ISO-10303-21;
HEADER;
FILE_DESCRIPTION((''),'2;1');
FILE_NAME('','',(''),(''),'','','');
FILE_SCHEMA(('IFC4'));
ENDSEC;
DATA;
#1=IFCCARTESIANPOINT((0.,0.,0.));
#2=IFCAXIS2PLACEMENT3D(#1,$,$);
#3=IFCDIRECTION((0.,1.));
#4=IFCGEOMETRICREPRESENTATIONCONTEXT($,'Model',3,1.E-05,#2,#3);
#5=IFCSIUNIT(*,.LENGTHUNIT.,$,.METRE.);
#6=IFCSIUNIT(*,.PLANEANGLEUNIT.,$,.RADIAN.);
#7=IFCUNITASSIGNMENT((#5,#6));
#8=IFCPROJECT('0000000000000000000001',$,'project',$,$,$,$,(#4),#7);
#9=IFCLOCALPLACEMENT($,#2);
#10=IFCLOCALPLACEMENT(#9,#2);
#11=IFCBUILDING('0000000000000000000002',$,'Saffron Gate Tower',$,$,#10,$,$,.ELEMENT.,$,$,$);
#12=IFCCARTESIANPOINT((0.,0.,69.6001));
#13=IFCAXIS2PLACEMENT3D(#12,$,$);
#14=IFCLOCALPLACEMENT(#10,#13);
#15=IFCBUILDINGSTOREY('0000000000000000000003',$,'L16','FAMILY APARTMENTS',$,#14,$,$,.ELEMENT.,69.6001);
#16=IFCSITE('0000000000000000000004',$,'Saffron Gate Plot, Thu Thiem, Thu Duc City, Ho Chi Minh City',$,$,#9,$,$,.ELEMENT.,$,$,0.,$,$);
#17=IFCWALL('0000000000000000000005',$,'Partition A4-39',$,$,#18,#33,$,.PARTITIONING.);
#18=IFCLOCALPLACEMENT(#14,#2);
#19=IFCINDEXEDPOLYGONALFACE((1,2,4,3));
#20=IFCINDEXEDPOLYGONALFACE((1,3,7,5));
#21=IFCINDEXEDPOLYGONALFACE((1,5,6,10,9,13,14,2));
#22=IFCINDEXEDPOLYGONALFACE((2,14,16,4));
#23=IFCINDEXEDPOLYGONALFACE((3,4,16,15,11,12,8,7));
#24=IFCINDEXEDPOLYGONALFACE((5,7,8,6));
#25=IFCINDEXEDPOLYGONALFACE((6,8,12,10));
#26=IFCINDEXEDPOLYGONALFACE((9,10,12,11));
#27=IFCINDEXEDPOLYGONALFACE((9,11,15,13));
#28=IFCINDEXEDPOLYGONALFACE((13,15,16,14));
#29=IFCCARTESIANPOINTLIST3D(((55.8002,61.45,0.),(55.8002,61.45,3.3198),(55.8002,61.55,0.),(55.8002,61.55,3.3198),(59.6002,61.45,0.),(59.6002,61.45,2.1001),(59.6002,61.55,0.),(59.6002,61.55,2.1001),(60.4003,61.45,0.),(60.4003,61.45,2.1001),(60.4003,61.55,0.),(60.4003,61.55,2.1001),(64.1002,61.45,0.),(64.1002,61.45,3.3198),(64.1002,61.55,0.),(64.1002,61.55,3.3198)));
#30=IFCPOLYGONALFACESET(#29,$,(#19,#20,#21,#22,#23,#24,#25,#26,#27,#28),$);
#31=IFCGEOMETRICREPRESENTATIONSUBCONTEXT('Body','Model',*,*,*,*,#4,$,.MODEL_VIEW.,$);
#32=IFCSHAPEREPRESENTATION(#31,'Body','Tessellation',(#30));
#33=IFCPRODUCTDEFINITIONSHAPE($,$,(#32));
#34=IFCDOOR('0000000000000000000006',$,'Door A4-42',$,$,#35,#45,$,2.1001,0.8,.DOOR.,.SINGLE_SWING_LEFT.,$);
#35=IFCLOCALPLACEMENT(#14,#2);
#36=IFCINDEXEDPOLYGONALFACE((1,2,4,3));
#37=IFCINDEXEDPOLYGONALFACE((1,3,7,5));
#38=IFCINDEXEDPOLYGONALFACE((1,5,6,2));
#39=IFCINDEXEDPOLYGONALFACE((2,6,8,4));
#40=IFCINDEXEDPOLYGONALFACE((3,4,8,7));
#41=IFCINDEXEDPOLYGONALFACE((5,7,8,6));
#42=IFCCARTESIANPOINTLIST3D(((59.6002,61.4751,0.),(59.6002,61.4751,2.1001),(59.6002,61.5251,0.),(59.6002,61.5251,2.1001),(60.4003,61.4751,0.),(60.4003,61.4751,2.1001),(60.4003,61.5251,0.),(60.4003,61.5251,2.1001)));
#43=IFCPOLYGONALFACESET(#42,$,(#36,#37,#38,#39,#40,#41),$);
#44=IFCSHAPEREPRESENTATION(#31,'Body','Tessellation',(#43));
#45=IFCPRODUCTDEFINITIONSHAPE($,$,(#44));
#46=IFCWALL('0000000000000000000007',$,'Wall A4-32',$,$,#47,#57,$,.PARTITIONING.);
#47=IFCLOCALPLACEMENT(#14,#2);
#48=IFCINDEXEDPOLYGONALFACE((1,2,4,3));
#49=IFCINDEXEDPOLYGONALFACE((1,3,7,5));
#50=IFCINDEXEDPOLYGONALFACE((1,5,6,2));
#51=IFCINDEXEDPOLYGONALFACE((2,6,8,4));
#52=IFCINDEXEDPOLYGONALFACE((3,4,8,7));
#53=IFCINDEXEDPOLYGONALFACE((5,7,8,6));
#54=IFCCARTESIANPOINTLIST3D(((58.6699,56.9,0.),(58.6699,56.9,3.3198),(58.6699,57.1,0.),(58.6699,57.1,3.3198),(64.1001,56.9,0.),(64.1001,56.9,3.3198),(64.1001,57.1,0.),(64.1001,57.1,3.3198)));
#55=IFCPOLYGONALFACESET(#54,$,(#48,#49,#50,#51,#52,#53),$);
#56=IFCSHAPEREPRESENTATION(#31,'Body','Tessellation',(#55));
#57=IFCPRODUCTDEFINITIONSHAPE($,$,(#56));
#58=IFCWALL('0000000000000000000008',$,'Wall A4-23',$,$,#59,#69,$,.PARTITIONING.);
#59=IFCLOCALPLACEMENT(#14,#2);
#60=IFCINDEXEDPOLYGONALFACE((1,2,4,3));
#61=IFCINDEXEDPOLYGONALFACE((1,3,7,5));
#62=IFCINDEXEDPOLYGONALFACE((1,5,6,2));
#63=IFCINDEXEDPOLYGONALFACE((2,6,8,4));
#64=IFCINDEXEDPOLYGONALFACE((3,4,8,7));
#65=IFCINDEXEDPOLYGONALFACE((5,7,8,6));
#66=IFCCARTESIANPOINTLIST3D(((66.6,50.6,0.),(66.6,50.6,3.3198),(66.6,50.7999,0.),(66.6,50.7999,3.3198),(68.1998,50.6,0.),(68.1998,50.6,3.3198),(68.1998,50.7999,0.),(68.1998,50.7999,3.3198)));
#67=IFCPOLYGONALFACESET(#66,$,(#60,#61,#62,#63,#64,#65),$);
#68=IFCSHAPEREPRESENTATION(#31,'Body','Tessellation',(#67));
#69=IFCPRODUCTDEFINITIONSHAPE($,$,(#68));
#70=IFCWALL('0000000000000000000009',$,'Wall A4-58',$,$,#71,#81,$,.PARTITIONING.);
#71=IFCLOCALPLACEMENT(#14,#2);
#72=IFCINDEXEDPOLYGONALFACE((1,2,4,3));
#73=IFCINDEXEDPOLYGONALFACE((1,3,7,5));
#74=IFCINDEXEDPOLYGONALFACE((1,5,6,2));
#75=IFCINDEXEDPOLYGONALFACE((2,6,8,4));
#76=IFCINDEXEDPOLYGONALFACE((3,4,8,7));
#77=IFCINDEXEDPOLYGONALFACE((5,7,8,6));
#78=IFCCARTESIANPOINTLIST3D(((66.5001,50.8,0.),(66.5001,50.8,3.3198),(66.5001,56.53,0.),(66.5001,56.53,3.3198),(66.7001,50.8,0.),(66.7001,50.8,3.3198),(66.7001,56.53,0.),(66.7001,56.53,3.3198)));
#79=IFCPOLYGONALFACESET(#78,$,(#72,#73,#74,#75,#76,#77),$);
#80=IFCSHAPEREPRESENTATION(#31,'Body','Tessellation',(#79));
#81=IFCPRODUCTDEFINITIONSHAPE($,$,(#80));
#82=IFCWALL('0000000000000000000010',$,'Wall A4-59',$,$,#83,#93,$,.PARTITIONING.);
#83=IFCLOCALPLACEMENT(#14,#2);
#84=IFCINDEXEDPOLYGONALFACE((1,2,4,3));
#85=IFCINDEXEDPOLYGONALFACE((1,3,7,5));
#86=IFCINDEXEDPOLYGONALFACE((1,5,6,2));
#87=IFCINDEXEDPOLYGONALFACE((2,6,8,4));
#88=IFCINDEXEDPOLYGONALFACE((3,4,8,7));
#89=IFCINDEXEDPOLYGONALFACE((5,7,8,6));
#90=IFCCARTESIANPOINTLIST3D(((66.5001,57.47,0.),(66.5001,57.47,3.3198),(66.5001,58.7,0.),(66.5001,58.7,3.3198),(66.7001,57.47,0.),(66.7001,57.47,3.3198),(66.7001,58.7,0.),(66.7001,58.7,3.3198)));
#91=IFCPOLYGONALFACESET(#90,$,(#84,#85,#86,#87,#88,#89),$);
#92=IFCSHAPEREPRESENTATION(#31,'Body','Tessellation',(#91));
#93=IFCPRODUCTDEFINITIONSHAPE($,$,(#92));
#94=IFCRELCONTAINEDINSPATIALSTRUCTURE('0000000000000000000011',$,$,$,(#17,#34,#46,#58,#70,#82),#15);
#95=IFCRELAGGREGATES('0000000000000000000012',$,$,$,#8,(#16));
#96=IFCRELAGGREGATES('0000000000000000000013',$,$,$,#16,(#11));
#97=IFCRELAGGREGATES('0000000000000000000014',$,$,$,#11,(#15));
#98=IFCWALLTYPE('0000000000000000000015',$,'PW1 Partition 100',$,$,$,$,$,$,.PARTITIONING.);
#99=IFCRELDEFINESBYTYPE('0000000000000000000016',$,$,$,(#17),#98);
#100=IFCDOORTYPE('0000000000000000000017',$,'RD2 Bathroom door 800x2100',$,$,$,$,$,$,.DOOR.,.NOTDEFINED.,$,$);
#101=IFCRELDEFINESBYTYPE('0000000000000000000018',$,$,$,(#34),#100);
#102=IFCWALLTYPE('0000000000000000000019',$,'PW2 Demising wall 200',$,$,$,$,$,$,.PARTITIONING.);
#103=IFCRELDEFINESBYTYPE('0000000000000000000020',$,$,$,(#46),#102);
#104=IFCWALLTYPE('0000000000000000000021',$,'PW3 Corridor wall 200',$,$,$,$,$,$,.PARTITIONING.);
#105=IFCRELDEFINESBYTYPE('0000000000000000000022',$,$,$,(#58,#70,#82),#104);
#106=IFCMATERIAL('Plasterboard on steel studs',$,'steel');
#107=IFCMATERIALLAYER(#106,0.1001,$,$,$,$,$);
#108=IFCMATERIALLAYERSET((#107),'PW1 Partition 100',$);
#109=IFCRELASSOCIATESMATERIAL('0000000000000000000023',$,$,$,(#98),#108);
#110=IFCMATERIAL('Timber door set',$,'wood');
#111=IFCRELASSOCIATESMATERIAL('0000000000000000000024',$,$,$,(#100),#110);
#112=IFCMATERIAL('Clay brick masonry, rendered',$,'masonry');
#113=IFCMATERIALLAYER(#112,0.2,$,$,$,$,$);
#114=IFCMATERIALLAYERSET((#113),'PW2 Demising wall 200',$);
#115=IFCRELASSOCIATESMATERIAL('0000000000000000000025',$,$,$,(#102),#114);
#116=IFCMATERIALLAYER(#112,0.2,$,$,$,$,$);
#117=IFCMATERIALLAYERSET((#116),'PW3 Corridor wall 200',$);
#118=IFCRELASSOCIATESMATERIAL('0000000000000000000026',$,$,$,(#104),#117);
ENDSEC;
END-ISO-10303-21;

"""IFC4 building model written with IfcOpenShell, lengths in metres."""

from ifc_helpers import new_model, si_unit, direction, frame, frame_2d, origin, place, context, subcontext, project, spatial, rectangle, extrude, material, layer, layer_set, type_object, element, fill, save


model = new_model("IFC4")

# Units and contexts
model_context = context("Model", 3, precision=1e-05, world=origin(), true_north=direction((0.0, 1.0)))
body_context = subcontext(model_context, "Body", "Model", "MODEL_VIEW")
ifc_project = project(units=[si_unit("LENGTHUNIT", "METRE"), si_unit("PLANEANGLEUNIT", "RADIAN")], contexts=[model_context])

# Site, building, storey
site_placement = place(None, origin())
site = spatial("IfcSite", under=ifc_project, at=site_placement, Name="Saffron Gate Plot, Thu Thiem, Thu Duc City, Ho Chi Minh City", CompositionType="ELEMENT", RefElevation=0.0)
building_placement = place(site_placement, origin())
building = spatial("IfcBuilding", under=site, at=building_placement, Name="Saffron Gate Tower", CompositionType="ELEMENT")
storey_placement = place(building_placement, frame((0.0, 0.0, 69.6001)))
storey = spatial("IfcBuildingStorey", under=building, at=storey_placement, Name="L16", Description="FAMILY APARTMENTS", CompositionType="ELEMENT", Elevation=69.6001)

# Wall, opening, door
ifc_material_1 = material(Name="Plasterboard on steel studs", Category="steel")
ifc_layer_1 = layer(ifc_material_1, 0.1001)
ifc_layer_set_1 = layer_set([ifc_layer_1], Name="PW1 Partition 100")
wall_type_1 = type_object("IfcWallType", Name="PW1 Partition 100", PredefinedType="PARTITIONING", material=ifc_layer_set_1)
ifc_material_2 = material(Name="Timber door set", Category="wood")
wall_1_placement = place(storey_placement, frame((64.1001, 61.5, 0.0), z_axis=(0.0, 0.0, 1.0), x_axis=(-1.0, 0.0, 0.0)))
wall_1 = element("IfcWall", 1, at=wall_1_placement, inside=storey, type_object=wall_type_1, Name="Partition A4-39", PredefinedType="PARTITIONING", context=body_context, shape_type="SweptSolid", body=[
    extrude(rectangle(XDim=8.3, YDim=0.1001, at=frame_2d((4.1499, 0.0))), origin(), (0.0, 0.0, 1.0), 3.3198),
])
opening_1_placement = place(wall_1_placement, frame((3.7, 0.0, 0.0)))
opening_1 = element("IfcOpeningElement", 2, at=opening_1_placement, cuts=wall_1, PredefinedType="OPENING", context=body_context, shape_type="SweptSolid", body=[
    extrude(rectangle(XDim=0.8, YDim=2.1001, at=frame_2d((0.3999, 1.05))), frame((0.0, 0.0601, 0.0), z_axis=(0.0, -1.0, 0.0), x_axis=(1.0, 0.0, 0.0)), (0.0, 0.0, 1.0), 0.1201),
])
door_type_1 = type_object("IfcDoorType", Name="RD2 Bathroom door 800x2100", OperationType="NOTDEFINED", PredefinedType="DOOR", material=ifc_material_2)
door_1_placement = place(opening_1_placement, origin())
door_1 = element("IfcDoor", 3, at=door_1_placement, inside=storey, type_object=door_type_1, Name="Door A4-42", OperationType="SINGLE_SWING_LEFT", OverallHeight=2.1001, OverallWidth=0.8, PredefinedType="DOOR", context=body_context, shape_type="SweptSolid", body=[
    extrude(rectangle(XDim=0.8, YDim=2.1001, at=frame_2d((0.3999, 1.05))), frame((0.0, 0.0249, 0.0), z_axis=(0.0, -1.0, 0.0), x_axis=(1.0, 0.0, 0.0)), (0.0, 0.0, 1.0), 0.05),
])
fill(opening_1, door_1)

# Walls
ifc_material_3 = material(Name="Clay brick masonry, rendered", Category="masonry")
ifc_layer_2 = layer(ifc_material_3, 0.2)
ifc_layer_set_2 = layer_set([ifc_layer_2], Name="PW2 Demising wall 200")
wall_type_2 = type_object("IfcWallType", Name="PW2 Demising wall 200", PredefinedType="PARTITIONING", material=ifc_layer_set_2)
wall_2_placement = place(storey_placement, frame((58.6699, 57.0, 0.0), z_axis=(0.0, 0.0, 1.0), x_axis=(1.0, 0.0, 0.0)))
element("IfcWall", 4, at=wall_2_placement, inside=storey, type_object=wall_type_2, Name="Wall A4-32", PredefinedType="PARTITIONING", context=body_context, shape_type="SweptSolid", body=[
    extrude(rectangle(XDim=5.4302, YDim=0.2, at=frame_2d((2.7151, 0.0))), origin(), (0.0, 0.0, 1.0), 3.3198),
])
ifc_layer_3 = layer(ifc_material_3, 0.2)
ifc_layer_set_3 = layer_set([ifc_layer_3], Name="PW3 Corridor wall 200")
wall_type_3 = type_object("IfcWallType", Name="PW3 Corridor wall 200", PredefinedType="PARTITIONING", material=ifc_layer_set_3)
wall_3_placement = place(storey_placement, frame((66.6001, 50.7, 0.0), z_axis=(0.0, 0.0, 1.0), x_axis=(1.0, 0.0, 0.0)))
element("IfcWall", 5, at=wall_3_placement, inside=storey, type_object=wall_type_3, Name="Wall A4-23", PredefinedType="PARTITIONING", context=body_context, shape_type="SweptSolid", body=[
    extrude(rectangle(XDim=1.5999, YDim=0.2, at=frame_2d((0.7998, 0.0))), origin(), (0.0, 0.0, 1.0), 3.3198),
])
wall_4_placement = place(storey_placement, frame((66.6001, 56.53, 0.0), z_axis=(0.0, 0.0, 1.0), x_axis=(0.0, -1.0, 0.0)))
element("IfcWall", 6, at=wall_4_placement, inside=storey, type_object=wall_type_3, Name="Wall A4-58", PredefinedType="PARTITIONING", context=body_context, shape_type="SweptSolid", body=[
    extrude(rectangle(XDim=5.73, YDim=0.2, at=frame_2d((2.865, 0.0))), origin(), (0.0, 0.0, 1.0), 3.3198),
])
wall_5_placement = place(storey_placement, frame((66.6001, 58.7, 0.0), z_axis=(0.0, 0.0, 1.0), x_axis=(0.0, -1.0, 0.0)))
element("IfcWall", 7, at=wall_5_placement, inside=storey, type_object=wall_type_3, Name="Wall A4-59", PredefinedType="PARTITIONING", context=body_context, shape_type="SweptSolid", body=[
    extrude(rectangle(XDim=1.23, YDim=0.2, at=frame_2d((0.615, 0.0))), origin(), (0.0, 0.0, 1.0), 3.3198),
])

save(model, "model.ifc")
